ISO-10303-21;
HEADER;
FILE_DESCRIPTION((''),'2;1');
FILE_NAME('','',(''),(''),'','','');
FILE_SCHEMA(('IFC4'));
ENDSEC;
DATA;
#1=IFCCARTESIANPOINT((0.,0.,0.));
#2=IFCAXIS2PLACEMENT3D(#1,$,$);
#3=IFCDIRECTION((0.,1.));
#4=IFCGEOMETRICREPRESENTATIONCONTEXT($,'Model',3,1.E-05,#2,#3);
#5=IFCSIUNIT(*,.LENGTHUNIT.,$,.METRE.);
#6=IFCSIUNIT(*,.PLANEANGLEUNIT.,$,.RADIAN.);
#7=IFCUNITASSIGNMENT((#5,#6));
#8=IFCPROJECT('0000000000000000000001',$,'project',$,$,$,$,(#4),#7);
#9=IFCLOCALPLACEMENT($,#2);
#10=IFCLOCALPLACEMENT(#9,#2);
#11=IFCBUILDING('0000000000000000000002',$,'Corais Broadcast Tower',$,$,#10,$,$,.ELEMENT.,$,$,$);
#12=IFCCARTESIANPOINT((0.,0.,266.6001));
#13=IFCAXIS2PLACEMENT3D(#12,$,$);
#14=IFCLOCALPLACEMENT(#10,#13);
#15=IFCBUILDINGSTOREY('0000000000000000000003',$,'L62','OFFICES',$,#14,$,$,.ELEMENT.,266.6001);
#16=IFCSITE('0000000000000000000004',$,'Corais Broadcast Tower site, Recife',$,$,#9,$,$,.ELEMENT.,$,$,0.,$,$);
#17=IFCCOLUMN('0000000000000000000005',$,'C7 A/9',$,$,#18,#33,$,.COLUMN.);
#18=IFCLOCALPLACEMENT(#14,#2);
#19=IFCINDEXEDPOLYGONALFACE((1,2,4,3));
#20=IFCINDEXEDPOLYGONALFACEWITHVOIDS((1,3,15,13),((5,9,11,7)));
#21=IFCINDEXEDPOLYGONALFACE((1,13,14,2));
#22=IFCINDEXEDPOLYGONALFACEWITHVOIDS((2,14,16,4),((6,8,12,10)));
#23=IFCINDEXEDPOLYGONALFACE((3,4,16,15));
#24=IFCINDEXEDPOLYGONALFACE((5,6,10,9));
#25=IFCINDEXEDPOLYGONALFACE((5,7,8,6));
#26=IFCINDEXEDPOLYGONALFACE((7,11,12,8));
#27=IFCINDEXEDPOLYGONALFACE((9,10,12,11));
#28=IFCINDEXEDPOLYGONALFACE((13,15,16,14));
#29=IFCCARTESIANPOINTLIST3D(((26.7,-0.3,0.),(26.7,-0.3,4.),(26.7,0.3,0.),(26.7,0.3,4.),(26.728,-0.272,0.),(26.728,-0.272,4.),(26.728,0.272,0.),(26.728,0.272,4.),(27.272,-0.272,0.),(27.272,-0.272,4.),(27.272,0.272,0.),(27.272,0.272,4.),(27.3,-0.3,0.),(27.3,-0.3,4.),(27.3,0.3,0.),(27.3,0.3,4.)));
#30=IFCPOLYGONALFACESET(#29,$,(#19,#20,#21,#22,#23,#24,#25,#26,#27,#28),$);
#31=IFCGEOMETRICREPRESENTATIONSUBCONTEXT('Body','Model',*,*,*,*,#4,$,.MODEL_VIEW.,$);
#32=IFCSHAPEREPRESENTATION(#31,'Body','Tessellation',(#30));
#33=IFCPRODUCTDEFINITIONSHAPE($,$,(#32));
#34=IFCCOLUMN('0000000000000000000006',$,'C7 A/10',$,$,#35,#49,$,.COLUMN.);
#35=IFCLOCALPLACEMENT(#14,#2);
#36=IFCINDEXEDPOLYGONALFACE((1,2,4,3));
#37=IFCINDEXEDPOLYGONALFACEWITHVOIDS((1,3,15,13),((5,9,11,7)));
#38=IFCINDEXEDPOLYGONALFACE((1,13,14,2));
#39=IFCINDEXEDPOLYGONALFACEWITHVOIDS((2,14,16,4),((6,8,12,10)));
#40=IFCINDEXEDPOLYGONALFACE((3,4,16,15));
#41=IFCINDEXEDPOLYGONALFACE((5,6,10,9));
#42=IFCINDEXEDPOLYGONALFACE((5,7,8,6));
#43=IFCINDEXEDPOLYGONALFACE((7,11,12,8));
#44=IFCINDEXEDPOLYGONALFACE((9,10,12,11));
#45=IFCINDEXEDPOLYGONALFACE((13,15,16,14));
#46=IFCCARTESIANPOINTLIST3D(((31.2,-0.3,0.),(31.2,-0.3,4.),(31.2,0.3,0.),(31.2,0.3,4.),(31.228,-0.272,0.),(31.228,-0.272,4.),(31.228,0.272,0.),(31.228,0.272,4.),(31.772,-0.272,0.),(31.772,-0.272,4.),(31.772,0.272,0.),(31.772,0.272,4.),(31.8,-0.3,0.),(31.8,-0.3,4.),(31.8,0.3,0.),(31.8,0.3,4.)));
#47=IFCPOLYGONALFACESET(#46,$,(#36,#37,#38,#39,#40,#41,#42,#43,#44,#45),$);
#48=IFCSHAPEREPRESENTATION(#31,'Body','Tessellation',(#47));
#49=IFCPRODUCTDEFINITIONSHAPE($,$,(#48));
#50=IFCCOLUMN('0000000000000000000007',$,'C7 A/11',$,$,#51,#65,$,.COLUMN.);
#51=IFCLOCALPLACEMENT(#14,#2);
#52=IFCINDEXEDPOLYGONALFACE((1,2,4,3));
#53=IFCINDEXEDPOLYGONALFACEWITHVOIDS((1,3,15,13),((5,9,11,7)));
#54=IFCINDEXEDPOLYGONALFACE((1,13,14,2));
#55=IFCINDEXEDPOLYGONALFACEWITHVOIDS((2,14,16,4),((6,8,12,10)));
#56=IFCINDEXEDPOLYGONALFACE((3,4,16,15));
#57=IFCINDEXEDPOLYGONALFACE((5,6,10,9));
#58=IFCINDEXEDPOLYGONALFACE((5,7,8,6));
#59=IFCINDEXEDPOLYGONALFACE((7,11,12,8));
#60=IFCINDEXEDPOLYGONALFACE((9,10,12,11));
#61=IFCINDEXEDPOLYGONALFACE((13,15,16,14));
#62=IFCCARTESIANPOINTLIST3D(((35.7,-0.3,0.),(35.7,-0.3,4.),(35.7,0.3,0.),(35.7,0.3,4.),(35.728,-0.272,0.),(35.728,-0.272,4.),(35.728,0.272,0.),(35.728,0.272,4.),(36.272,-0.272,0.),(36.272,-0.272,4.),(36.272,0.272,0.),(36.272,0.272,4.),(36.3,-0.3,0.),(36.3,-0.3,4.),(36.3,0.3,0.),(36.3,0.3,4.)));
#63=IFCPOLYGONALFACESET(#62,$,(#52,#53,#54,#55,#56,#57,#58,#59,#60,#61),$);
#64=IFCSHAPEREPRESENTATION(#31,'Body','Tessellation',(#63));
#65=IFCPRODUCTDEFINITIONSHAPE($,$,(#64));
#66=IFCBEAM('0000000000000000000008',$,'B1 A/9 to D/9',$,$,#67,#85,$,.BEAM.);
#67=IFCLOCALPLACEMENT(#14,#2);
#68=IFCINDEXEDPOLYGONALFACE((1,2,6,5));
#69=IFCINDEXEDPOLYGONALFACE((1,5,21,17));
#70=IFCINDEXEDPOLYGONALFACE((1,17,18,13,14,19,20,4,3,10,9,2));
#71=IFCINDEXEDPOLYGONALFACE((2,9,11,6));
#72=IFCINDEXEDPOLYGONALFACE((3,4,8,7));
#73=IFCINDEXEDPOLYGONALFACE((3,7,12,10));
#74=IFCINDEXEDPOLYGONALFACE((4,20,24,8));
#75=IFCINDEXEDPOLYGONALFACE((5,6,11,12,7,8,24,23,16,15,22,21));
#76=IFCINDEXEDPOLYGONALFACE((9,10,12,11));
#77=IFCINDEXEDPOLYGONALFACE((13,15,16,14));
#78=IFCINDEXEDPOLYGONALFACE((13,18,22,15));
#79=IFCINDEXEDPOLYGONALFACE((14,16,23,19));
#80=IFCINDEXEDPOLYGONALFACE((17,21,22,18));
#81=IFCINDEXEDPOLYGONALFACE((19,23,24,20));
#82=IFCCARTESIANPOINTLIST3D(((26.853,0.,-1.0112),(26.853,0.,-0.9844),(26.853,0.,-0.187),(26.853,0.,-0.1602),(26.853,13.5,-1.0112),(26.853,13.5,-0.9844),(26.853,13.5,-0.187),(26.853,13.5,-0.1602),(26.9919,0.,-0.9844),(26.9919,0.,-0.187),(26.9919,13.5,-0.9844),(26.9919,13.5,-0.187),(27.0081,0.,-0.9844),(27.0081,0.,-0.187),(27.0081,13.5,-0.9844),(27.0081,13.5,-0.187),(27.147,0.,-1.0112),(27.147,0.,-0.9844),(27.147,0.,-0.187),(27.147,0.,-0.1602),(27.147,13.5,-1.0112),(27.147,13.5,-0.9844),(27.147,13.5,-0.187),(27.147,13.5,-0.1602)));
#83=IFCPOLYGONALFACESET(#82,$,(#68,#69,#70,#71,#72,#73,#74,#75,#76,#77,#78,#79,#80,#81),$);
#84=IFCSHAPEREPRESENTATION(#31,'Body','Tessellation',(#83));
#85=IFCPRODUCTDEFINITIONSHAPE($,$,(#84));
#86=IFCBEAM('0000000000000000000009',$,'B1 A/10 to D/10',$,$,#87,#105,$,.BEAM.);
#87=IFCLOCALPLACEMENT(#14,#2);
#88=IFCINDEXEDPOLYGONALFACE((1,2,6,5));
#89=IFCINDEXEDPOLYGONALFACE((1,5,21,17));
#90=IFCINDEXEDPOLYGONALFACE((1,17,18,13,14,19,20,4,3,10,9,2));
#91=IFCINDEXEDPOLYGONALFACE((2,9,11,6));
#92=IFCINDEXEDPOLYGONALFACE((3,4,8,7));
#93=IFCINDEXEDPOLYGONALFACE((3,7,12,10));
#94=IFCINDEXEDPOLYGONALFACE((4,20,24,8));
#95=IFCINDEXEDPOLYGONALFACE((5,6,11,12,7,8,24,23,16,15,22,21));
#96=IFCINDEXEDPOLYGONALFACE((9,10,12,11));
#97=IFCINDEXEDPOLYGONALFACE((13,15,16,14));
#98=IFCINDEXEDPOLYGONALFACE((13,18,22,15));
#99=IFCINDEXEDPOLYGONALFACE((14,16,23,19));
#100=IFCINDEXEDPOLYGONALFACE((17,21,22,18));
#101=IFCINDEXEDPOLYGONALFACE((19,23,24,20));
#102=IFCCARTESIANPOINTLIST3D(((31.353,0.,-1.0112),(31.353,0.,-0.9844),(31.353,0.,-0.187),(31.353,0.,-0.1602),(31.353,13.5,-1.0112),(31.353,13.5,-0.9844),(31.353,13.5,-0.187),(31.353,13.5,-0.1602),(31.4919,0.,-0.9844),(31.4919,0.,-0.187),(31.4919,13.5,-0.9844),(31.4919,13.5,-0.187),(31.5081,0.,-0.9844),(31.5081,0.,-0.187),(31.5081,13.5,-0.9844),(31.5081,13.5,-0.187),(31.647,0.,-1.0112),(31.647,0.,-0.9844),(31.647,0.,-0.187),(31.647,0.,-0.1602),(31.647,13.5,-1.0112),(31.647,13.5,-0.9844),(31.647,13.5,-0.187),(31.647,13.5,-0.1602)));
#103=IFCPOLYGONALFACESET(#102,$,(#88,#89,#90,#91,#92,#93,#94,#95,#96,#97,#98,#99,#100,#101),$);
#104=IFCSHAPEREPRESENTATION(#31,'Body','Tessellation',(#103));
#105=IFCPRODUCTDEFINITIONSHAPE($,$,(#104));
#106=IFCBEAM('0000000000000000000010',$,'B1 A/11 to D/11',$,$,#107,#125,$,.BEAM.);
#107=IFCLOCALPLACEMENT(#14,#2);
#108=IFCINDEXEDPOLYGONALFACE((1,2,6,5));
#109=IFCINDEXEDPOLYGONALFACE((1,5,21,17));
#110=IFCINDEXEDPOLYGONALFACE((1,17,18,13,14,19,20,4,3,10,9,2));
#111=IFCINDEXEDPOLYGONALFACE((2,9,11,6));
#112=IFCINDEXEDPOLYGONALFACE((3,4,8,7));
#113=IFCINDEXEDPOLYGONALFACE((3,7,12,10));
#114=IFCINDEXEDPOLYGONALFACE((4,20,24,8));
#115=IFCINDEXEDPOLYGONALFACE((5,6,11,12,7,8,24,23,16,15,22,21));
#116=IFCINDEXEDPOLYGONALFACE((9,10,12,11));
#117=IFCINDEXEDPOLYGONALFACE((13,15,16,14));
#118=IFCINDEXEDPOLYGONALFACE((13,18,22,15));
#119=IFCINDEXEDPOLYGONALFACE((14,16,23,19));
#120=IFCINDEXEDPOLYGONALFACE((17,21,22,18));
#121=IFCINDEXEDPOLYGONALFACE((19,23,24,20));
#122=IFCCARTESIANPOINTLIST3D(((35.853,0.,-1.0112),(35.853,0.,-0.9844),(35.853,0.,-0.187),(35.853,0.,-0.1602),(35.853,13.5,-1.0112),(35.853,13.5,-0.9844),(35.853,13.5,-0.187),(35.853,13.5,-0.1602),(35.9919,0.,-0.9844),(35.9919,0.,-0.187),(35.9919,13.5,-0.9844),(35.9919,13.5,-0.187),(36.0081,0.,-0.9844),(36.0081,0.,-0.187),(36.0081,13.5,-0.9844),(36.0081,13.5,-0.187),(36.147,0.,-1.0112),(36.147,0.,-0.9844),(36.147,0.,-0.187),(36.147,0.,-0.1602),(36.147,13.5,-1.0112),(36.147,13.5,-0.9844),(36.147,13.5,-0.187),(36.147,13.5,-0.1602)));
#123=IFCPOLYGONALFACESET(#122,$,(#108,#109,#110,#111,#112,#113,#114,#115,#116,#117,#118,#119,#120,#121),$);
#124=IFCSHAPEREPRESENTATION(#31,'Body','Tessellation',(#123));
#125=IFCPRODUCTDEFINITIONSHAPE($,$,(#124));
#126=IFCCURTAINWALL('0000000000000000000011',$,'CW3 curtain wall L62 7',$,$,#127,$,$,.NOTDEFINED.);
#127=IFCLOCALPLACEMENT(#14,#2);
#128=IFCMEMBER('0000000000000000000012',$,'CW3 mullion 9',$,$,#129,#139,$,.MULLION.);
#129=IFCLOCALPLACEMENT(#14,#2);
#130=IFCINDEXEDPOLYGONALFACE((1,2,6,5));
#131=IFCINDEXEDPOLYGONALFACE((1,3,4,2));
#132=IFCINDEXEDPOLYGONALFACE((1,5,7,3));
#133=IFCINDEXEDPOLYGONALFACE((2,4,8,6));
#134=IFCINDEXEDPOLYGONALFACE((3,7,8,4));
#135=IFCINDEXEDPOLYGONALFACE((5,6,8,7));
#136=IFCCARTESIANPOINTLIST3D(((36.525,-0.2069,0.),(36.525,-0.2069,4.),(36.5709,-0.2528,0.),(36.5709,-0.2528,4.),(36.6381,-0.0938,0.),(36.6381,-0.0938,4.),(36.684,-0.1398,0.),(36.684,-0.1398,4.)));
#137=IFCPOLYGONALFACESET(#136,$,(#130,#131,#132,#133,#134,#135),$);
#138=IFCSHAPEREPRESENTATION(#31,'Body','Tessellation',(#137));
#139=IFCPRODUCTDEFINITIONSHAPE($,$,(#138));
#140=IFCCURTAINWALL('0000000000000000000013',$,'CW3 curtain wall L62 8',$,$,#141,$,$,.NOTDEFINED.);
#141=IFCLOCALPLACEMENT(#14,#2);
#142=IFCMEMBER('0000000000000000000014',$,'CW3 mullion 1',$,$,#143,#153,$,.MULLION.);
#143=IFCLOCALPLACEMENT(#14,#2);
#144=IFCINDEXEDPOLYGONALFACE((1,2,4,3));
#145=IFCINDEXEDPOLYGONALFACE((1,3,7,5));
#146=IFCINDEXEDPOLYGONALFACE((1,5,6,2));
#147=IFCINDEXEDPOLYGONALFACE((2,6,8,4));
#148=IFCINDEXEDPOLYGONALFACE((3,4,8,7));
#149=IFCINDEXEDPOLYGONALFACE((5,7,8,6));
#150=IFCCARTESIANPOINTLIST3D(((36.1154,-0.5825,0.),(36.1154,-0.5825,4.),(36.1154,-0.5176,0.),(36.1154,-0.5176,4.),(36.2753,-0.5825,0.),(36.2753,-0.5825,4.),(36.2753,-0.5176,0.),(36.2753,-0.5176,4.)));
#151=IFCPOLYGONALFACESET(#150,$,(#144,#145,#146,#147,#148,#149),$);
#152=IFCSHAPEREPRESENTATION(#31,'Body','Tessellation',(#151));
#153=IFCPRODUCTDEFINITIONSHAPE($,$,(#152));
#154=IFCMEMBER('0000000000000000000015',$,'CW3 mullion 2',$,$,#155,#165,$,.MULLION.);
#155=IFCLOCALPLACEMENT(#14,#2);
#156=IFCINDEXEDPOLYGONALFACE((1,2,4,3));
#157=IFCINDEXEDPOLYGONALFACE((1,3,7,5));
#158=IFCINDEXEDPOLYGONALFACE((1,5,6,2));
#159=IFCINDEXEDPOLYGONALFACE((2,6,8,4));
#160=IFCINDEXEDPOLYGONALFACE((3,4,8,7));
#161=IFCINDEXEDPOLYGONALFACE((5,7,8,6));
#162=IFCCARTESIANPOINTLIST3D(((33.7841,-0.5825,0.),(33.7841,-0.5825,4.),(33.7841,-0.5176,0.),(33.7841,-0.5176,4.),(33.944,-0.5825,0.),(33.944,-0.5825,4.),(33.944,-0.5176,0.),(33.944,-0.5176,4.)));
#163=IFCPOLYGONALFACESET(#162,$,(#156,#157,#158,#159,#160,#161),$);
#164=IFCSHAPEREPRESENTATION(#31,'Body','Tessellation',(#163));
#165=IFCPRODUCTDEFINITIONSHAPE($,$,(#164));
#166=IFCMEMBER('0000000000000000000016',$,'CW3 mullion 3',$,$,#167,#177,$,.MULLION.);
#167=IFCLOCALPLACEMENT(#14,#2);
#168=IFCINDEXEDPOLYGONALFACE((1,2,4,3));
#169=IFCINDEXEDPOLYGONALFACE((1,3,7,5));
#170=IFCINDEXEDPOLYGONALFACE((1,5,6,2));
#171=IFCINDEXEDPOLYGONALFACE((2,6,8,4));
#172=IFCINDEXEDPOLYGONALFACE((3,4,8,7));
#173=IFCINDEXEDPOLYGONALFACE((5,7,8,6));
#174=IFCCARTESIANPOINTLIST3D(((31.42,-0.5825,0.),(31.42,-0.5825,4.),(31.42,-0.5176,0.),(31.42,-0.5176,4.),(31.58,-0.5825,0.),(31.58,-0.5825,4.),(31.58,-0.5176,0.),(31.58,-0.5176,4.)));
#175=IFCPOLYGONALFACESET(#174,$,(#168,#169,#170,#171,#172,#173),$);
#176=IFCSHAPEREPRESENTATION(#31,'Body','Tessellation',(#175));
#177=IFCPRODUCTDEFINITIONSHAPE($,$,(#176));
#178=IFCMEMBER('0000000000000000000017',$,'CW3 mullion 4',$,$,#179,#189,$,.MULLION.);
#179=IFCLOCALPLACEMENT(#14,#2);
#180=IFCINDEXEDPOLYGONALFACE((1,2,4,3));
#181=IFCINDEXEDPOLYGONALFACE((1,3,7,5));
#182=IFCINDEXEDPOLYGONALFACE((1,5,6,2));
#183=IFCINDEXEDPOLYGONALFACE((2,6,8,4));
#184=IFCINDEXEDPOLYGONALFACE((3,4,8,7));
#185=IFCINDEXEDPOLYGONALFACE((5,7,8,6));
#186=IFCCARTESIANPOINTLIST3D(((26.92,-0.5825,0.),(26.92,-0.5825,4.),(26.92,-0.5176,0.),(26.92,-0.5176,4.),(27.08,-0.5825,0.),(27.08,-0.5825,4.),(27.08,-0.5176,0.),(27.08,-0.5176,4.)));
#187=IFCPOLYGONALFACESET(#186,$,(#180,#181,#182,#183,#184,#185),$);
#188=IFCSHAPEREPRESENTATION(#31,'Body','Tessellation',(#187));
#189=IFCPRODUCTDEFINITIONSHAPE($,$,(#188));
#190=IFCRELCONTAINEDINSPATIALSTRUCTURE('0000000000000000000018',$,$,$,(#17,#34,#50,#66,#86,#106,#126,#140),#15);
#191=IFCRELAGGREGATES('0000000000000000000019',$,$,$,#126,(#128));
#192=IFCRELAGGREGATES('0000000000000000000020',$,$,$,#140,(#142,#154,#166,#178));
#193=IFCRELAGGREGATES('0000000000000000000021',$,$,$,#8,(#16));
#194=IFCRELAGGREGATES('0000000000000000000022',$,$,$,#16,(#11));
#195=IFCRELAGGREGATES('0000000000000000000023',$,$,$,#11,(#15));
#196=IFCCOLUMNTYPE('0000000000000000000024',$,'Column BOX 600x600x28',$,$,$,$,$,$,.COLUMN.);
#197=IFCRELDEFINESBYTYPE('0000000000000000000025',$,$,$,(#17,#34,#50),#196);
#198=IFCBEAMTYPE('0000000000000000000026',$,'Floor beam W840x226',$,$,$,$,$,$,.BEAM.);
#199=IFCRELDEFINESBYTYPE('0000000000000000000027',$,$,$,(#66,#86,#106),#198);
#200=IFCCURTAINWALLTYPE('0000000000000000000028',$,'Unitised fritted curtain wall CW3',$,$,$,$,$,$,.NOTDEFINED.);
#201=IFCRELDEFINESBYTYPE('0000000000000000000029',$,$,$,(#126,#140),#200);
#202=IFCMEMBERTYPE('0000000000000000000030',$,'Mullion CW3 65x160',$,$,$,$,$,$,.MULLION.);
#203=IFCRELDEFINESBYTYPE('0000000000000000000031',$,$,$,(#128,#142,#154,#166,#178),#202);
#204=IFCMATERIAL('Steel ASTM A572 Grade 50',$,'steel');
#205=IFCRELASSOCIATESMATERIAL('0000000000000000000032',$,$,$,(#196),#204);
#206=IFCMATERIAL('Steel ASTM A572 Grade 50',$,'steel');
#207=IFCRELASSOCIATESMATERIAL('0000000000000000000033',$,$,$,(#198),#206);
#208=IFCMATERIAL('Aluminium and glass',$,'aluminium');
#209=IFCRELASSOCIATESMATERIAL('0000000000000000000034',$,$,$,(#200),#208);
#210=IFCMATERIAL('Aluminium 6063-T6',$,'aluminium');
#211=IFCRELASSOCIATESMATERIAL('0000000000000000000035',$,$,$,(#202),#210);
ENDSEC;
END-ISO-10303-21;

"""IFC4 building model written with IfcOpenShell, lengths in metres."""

from ifc_helpers import new_model, si_unit, direction, frame, origin, origin_2d, place, context, subcontext, project, spatial, rectangle, hollow_rectangle, i_section, extrude, material, material_profile, profile_set, type_object, element, aggregate, save


model = new_model("IFC4")

# Units and contexts
model_context = context("Model", 3, precision=1e-05, world=origin(), true_north=direction((0.0, 1.0)))
body_context = subcontext(model_context, "Body", "Model", "MODEL_VIEW")
ifc_project = project(units=[si_unit("LENGTHUNIT", "METRE"), si_unit("PLANEANGLEUNIT", "RADIAN")], contexts=[model_context])

# Site, building, storey
site_placement = place(None, origin())
site = spatial("IfcSite", under=ifc_project, at=site_placement, Name="Corais Broadcast Tower site, Recife", CompositionType="ELEMENT", RefElevation=0.0)
building_placement = place(site_placement, origin())
building = spatial("IfcBuilding", under=site, at=building_placement, Name="Corais Broadcast Tower", CompositionType="ELEMENT")
storey_placement = place(building_placement, frame((0.0, 0.0, 266.6001)))
storey = spatial("IfcBuildingStorey", under=building, at=storey_placement, Name="L62", Description="OFFICES", CompositionType="ELEMENT", Elevation=266.6001)

# Columns
ifc_material_1 = material(Name="Steel ASTM A572 Grade 50", Category="steel")
ifc_material_profile_1 = material_profile(ifc_material_1, hollow_rectangle(XDim=0.6001, YDim=0.6001, WallThickness=0.0281, at=origin_2d()), Name="BOX 600x600x28")
ifc_profile_set_1 = profile_set([ifc_material_profile_1], Name="Steel ASTM A572 Grade 50")
column_type = type_object("IfcColumnType", Name="Column BOX 600x600x28", PredefinedType="COLUMN", material=ifc_profile_set_1)
for number, where, z_axis, x_axis, name in (
    (1, (27.0, 0.0, 0.0), (0.0, 0.0, 1.0), (1.0, 0.0, 0.0), "C7 A/9"),
    (2, (31.5, 0.0, 0.0), (0.0, 0.0, 1.0), (1.0, 0.0, 0.0), "C7 A/10"),
    (3, (36.0, 0.0, 0.0), (0.0, 0.0, 1.0), (1.0, 0.0, 0.0), "C7 A/11"),
):
    element("IfcColumn", number, at=place(storey_placement, frame(where, z_axis=z_axis, x_axis=x_axis)), inside=storey, type_object=column_type, Name=name, PredefinedType="COLUMN", context=body_context, shape_type="SweptSolid", body=[
        extrude(hollow_rectangle(XDim=0.6001, YDim=0.6001, WallThickness=0.0281, at=origin_2d()), origin(), (0.0, 0.0, 1.0), 4.0),
    ])

# Beams
ifc_material_2 = material(Name="Steel ASTM A572 Grade 50", Category="steel")
ifc_material_profile_2 = material_profile(ifc_material_2, i_section(OverallWidth=0.2939, OverallDepth=0.8511, WebThickness=0.0161, FlangeThickness=0.0269, at=origin_2d()), Name="W840x226")
ifc_profile_set_2 = profile_set([ifc_material_profile_2], Name="Steel ASTM A572 Grade 50")
beam_type_1 = type_object("IfcBeamType", Name="Floor beam W840x226", PredefinedType="BEAM", material=ifc_profile_set_2)
for number, where, z_axis, x_axis, name in (
    (4, (27.0, 0.0, -0.5857), (0.0, 1.0, 0.0), (-1.0, 0.0, 0.0), "B1 A/9 to D/9"),
    (5, (31.5, 0.0, -0.5857), (0.0, 1.0, 0.0), (-1.0, 0.0, 0.0), "B1 A/10 to D/10"),
    (6, (36.0, 0.0, -0.5857), (0.0, 1.0, 0.0), (-1.0, 0.0, 0.0), "B1 A/11 to D/11"),
):
    element("IfcBeam", number, at=place(storey_placement, frame(where, z_axis=z_axis, x_axis=x_axis)), inside=storey, type_object=beam_type_1, Name=name, PredefinedType="BEAM", context=body_context, shape_type="SweptSolid", body=[
        extrude(i_section(OverallWidth=0.2939, OverallDepth=0.8511, WebThickness=0.0161, FlangeThickness=0.0269, at=origin_2d()), origin(), (0.0, 0.0, 1.0), 13.5),
    ])

# Curtain wall, member
ifc_material_3 = material(Name="Aluminium and glass", Category="aluminium")
curtain_wall_type = type_object("IfcCurtainWallType", Name="Unitised fritted curtain wall CW3", PredefinedType="NOTDEFINED", material=ifc_material_3)
curtain_wall_1_placement = place(storey_placement, origin())
curtain_wall_1 = element("IfcCurtainWall", 7, at=curtain_wall_1_placement, inside=storey, type_object=curtain_wall_type, Name="CW3 curtain wall L62 7", PredefinedType="NOTDEFINED")
ifc_material_4 = material(Name="Aluminium 6063-T6", Category="aluminium")
ifc_material_profile_3 = material_profile(ifc_material_4, rectangle(XDim=0.0649, YDim=0.1599, at=origin_2d()), Name="Mullion CW3 65x160")
ifc_profile_set_3 = profile_set([ifc_material_profile_3], Name="Aluminium 6063-T6")
member_type_1 = type_object("IfcMemberType", Name="Mullion CW3 65x160", PredefinedType="MULLION", material=ifc_profile_set_3)
member_1_placement = place(storey_placement, frame((36.6045, -0.1733, 0.0), z_axis=(0.0, 0.0, 1.0), x_axis=(0.707107, -0.707107, 0.0)))
member_1 = element("IfcMember", 8, at=member_1_placement, type_object=member_type_1, Name="CW3 mullion 9", PredefinedType="MULLION", context=body_context, shape_type="SweptSolid", body=[
    extrude(rectangle(XDim=0.0649, YDim=0.1599, at=origin_2d()), origin(), (0.0, 0.0, 1.0), 4.0),
])

# Curtain wall, members
curtain_wall_2_placement = place(storey_placement, origin())
curtain_wall_2 = element("IfcCurtainWall", 9, at=curtain_wall_2_placement, inside=storey, type_object=curtain_wall_type, Name="CW3 curtain wall L62 8", PredefinedType="NOTDEFINED")
member_2_placement = place(storey_placement, frame((36.1953, -0.55, 0.0), z_axis=(0.0, 0.0, 1.0), x_axis=(0.0, -1.0, 0.0)))
member_2 = element("IfcMember", 10, at=member_2_placement, type_object=member_type_1, Name="CW3 mullion 1", PredefinedType="MULLION", context=body_context, shape_type="SweptSolid", body=[
    extrude(rectangle(XDim=0.0649, YDim=0.1599, at=origin_2d()), origin(), (0.0, 0.0, 1.0), 4.0),
])
member_3_placement = place(storey_placement, frame((33.864, -0.55, 0.0), z_axis=(0.0, 0.0, 1.0), x_axis=(0.0, -1.0, 0.0)))
member_3 = element("IfcMember", 11, at=member_3_placement, type_object=member_type_1, Name="CW3 mullion 2", PredefinedType="MULLION", context=body_context, shape_type="SweptSolid", body=[
    extrude(rectangle(XDim=0.0649, YDim=0.1599, at=origin_2d()), origin(), (0.0, 0.0, 1.0), 4.0),
])
member_4_placement = place(storey_placement, frame((31.5, -0.55, 0.0), z_axis=(0.0, 0.0, 1.0), x_axis=(0.0, -1.0, 0.0)))
member_4 = element("IfcMember", 12, at=member_4_placement, type_object=member_type_1, Name="CW3 mullion 3", PredefinedType="MULLION", context=body_context, shape_type="SweptSolid", body=[
    extrude(rectangle(XDim=0.0649, YDim=0.1599, at=origin_2d()), origin(), (0.0, 0.0, 1.0), 4.0),
])
member_5_placement = place(storey_placement, frame((27.0, -0.55, 0.0), z_axis=(0.0, 0.0, 1.0), x_axis=(0.0, -1.0, 0.0)))
member_5 = element("IfcMember", 13, at=member_5_placement, type_object=member_type_1, Name="CW3 mullion 4", PredefinedType="MULLION", context=body_context, shape_type="SweptSolid", body=[
    extrude(rectangle(XDim=0.0649, YDim=0.1599, at=origin_2d()), origin(), (0.0, 0.0, 1.0), 4.0),
])

aggregate(curtain_wall_1, [member_1])
aggregate(curtain_wall_2, [member_2, member_3, member_4, member_5])

save(model, "model.ifc")
